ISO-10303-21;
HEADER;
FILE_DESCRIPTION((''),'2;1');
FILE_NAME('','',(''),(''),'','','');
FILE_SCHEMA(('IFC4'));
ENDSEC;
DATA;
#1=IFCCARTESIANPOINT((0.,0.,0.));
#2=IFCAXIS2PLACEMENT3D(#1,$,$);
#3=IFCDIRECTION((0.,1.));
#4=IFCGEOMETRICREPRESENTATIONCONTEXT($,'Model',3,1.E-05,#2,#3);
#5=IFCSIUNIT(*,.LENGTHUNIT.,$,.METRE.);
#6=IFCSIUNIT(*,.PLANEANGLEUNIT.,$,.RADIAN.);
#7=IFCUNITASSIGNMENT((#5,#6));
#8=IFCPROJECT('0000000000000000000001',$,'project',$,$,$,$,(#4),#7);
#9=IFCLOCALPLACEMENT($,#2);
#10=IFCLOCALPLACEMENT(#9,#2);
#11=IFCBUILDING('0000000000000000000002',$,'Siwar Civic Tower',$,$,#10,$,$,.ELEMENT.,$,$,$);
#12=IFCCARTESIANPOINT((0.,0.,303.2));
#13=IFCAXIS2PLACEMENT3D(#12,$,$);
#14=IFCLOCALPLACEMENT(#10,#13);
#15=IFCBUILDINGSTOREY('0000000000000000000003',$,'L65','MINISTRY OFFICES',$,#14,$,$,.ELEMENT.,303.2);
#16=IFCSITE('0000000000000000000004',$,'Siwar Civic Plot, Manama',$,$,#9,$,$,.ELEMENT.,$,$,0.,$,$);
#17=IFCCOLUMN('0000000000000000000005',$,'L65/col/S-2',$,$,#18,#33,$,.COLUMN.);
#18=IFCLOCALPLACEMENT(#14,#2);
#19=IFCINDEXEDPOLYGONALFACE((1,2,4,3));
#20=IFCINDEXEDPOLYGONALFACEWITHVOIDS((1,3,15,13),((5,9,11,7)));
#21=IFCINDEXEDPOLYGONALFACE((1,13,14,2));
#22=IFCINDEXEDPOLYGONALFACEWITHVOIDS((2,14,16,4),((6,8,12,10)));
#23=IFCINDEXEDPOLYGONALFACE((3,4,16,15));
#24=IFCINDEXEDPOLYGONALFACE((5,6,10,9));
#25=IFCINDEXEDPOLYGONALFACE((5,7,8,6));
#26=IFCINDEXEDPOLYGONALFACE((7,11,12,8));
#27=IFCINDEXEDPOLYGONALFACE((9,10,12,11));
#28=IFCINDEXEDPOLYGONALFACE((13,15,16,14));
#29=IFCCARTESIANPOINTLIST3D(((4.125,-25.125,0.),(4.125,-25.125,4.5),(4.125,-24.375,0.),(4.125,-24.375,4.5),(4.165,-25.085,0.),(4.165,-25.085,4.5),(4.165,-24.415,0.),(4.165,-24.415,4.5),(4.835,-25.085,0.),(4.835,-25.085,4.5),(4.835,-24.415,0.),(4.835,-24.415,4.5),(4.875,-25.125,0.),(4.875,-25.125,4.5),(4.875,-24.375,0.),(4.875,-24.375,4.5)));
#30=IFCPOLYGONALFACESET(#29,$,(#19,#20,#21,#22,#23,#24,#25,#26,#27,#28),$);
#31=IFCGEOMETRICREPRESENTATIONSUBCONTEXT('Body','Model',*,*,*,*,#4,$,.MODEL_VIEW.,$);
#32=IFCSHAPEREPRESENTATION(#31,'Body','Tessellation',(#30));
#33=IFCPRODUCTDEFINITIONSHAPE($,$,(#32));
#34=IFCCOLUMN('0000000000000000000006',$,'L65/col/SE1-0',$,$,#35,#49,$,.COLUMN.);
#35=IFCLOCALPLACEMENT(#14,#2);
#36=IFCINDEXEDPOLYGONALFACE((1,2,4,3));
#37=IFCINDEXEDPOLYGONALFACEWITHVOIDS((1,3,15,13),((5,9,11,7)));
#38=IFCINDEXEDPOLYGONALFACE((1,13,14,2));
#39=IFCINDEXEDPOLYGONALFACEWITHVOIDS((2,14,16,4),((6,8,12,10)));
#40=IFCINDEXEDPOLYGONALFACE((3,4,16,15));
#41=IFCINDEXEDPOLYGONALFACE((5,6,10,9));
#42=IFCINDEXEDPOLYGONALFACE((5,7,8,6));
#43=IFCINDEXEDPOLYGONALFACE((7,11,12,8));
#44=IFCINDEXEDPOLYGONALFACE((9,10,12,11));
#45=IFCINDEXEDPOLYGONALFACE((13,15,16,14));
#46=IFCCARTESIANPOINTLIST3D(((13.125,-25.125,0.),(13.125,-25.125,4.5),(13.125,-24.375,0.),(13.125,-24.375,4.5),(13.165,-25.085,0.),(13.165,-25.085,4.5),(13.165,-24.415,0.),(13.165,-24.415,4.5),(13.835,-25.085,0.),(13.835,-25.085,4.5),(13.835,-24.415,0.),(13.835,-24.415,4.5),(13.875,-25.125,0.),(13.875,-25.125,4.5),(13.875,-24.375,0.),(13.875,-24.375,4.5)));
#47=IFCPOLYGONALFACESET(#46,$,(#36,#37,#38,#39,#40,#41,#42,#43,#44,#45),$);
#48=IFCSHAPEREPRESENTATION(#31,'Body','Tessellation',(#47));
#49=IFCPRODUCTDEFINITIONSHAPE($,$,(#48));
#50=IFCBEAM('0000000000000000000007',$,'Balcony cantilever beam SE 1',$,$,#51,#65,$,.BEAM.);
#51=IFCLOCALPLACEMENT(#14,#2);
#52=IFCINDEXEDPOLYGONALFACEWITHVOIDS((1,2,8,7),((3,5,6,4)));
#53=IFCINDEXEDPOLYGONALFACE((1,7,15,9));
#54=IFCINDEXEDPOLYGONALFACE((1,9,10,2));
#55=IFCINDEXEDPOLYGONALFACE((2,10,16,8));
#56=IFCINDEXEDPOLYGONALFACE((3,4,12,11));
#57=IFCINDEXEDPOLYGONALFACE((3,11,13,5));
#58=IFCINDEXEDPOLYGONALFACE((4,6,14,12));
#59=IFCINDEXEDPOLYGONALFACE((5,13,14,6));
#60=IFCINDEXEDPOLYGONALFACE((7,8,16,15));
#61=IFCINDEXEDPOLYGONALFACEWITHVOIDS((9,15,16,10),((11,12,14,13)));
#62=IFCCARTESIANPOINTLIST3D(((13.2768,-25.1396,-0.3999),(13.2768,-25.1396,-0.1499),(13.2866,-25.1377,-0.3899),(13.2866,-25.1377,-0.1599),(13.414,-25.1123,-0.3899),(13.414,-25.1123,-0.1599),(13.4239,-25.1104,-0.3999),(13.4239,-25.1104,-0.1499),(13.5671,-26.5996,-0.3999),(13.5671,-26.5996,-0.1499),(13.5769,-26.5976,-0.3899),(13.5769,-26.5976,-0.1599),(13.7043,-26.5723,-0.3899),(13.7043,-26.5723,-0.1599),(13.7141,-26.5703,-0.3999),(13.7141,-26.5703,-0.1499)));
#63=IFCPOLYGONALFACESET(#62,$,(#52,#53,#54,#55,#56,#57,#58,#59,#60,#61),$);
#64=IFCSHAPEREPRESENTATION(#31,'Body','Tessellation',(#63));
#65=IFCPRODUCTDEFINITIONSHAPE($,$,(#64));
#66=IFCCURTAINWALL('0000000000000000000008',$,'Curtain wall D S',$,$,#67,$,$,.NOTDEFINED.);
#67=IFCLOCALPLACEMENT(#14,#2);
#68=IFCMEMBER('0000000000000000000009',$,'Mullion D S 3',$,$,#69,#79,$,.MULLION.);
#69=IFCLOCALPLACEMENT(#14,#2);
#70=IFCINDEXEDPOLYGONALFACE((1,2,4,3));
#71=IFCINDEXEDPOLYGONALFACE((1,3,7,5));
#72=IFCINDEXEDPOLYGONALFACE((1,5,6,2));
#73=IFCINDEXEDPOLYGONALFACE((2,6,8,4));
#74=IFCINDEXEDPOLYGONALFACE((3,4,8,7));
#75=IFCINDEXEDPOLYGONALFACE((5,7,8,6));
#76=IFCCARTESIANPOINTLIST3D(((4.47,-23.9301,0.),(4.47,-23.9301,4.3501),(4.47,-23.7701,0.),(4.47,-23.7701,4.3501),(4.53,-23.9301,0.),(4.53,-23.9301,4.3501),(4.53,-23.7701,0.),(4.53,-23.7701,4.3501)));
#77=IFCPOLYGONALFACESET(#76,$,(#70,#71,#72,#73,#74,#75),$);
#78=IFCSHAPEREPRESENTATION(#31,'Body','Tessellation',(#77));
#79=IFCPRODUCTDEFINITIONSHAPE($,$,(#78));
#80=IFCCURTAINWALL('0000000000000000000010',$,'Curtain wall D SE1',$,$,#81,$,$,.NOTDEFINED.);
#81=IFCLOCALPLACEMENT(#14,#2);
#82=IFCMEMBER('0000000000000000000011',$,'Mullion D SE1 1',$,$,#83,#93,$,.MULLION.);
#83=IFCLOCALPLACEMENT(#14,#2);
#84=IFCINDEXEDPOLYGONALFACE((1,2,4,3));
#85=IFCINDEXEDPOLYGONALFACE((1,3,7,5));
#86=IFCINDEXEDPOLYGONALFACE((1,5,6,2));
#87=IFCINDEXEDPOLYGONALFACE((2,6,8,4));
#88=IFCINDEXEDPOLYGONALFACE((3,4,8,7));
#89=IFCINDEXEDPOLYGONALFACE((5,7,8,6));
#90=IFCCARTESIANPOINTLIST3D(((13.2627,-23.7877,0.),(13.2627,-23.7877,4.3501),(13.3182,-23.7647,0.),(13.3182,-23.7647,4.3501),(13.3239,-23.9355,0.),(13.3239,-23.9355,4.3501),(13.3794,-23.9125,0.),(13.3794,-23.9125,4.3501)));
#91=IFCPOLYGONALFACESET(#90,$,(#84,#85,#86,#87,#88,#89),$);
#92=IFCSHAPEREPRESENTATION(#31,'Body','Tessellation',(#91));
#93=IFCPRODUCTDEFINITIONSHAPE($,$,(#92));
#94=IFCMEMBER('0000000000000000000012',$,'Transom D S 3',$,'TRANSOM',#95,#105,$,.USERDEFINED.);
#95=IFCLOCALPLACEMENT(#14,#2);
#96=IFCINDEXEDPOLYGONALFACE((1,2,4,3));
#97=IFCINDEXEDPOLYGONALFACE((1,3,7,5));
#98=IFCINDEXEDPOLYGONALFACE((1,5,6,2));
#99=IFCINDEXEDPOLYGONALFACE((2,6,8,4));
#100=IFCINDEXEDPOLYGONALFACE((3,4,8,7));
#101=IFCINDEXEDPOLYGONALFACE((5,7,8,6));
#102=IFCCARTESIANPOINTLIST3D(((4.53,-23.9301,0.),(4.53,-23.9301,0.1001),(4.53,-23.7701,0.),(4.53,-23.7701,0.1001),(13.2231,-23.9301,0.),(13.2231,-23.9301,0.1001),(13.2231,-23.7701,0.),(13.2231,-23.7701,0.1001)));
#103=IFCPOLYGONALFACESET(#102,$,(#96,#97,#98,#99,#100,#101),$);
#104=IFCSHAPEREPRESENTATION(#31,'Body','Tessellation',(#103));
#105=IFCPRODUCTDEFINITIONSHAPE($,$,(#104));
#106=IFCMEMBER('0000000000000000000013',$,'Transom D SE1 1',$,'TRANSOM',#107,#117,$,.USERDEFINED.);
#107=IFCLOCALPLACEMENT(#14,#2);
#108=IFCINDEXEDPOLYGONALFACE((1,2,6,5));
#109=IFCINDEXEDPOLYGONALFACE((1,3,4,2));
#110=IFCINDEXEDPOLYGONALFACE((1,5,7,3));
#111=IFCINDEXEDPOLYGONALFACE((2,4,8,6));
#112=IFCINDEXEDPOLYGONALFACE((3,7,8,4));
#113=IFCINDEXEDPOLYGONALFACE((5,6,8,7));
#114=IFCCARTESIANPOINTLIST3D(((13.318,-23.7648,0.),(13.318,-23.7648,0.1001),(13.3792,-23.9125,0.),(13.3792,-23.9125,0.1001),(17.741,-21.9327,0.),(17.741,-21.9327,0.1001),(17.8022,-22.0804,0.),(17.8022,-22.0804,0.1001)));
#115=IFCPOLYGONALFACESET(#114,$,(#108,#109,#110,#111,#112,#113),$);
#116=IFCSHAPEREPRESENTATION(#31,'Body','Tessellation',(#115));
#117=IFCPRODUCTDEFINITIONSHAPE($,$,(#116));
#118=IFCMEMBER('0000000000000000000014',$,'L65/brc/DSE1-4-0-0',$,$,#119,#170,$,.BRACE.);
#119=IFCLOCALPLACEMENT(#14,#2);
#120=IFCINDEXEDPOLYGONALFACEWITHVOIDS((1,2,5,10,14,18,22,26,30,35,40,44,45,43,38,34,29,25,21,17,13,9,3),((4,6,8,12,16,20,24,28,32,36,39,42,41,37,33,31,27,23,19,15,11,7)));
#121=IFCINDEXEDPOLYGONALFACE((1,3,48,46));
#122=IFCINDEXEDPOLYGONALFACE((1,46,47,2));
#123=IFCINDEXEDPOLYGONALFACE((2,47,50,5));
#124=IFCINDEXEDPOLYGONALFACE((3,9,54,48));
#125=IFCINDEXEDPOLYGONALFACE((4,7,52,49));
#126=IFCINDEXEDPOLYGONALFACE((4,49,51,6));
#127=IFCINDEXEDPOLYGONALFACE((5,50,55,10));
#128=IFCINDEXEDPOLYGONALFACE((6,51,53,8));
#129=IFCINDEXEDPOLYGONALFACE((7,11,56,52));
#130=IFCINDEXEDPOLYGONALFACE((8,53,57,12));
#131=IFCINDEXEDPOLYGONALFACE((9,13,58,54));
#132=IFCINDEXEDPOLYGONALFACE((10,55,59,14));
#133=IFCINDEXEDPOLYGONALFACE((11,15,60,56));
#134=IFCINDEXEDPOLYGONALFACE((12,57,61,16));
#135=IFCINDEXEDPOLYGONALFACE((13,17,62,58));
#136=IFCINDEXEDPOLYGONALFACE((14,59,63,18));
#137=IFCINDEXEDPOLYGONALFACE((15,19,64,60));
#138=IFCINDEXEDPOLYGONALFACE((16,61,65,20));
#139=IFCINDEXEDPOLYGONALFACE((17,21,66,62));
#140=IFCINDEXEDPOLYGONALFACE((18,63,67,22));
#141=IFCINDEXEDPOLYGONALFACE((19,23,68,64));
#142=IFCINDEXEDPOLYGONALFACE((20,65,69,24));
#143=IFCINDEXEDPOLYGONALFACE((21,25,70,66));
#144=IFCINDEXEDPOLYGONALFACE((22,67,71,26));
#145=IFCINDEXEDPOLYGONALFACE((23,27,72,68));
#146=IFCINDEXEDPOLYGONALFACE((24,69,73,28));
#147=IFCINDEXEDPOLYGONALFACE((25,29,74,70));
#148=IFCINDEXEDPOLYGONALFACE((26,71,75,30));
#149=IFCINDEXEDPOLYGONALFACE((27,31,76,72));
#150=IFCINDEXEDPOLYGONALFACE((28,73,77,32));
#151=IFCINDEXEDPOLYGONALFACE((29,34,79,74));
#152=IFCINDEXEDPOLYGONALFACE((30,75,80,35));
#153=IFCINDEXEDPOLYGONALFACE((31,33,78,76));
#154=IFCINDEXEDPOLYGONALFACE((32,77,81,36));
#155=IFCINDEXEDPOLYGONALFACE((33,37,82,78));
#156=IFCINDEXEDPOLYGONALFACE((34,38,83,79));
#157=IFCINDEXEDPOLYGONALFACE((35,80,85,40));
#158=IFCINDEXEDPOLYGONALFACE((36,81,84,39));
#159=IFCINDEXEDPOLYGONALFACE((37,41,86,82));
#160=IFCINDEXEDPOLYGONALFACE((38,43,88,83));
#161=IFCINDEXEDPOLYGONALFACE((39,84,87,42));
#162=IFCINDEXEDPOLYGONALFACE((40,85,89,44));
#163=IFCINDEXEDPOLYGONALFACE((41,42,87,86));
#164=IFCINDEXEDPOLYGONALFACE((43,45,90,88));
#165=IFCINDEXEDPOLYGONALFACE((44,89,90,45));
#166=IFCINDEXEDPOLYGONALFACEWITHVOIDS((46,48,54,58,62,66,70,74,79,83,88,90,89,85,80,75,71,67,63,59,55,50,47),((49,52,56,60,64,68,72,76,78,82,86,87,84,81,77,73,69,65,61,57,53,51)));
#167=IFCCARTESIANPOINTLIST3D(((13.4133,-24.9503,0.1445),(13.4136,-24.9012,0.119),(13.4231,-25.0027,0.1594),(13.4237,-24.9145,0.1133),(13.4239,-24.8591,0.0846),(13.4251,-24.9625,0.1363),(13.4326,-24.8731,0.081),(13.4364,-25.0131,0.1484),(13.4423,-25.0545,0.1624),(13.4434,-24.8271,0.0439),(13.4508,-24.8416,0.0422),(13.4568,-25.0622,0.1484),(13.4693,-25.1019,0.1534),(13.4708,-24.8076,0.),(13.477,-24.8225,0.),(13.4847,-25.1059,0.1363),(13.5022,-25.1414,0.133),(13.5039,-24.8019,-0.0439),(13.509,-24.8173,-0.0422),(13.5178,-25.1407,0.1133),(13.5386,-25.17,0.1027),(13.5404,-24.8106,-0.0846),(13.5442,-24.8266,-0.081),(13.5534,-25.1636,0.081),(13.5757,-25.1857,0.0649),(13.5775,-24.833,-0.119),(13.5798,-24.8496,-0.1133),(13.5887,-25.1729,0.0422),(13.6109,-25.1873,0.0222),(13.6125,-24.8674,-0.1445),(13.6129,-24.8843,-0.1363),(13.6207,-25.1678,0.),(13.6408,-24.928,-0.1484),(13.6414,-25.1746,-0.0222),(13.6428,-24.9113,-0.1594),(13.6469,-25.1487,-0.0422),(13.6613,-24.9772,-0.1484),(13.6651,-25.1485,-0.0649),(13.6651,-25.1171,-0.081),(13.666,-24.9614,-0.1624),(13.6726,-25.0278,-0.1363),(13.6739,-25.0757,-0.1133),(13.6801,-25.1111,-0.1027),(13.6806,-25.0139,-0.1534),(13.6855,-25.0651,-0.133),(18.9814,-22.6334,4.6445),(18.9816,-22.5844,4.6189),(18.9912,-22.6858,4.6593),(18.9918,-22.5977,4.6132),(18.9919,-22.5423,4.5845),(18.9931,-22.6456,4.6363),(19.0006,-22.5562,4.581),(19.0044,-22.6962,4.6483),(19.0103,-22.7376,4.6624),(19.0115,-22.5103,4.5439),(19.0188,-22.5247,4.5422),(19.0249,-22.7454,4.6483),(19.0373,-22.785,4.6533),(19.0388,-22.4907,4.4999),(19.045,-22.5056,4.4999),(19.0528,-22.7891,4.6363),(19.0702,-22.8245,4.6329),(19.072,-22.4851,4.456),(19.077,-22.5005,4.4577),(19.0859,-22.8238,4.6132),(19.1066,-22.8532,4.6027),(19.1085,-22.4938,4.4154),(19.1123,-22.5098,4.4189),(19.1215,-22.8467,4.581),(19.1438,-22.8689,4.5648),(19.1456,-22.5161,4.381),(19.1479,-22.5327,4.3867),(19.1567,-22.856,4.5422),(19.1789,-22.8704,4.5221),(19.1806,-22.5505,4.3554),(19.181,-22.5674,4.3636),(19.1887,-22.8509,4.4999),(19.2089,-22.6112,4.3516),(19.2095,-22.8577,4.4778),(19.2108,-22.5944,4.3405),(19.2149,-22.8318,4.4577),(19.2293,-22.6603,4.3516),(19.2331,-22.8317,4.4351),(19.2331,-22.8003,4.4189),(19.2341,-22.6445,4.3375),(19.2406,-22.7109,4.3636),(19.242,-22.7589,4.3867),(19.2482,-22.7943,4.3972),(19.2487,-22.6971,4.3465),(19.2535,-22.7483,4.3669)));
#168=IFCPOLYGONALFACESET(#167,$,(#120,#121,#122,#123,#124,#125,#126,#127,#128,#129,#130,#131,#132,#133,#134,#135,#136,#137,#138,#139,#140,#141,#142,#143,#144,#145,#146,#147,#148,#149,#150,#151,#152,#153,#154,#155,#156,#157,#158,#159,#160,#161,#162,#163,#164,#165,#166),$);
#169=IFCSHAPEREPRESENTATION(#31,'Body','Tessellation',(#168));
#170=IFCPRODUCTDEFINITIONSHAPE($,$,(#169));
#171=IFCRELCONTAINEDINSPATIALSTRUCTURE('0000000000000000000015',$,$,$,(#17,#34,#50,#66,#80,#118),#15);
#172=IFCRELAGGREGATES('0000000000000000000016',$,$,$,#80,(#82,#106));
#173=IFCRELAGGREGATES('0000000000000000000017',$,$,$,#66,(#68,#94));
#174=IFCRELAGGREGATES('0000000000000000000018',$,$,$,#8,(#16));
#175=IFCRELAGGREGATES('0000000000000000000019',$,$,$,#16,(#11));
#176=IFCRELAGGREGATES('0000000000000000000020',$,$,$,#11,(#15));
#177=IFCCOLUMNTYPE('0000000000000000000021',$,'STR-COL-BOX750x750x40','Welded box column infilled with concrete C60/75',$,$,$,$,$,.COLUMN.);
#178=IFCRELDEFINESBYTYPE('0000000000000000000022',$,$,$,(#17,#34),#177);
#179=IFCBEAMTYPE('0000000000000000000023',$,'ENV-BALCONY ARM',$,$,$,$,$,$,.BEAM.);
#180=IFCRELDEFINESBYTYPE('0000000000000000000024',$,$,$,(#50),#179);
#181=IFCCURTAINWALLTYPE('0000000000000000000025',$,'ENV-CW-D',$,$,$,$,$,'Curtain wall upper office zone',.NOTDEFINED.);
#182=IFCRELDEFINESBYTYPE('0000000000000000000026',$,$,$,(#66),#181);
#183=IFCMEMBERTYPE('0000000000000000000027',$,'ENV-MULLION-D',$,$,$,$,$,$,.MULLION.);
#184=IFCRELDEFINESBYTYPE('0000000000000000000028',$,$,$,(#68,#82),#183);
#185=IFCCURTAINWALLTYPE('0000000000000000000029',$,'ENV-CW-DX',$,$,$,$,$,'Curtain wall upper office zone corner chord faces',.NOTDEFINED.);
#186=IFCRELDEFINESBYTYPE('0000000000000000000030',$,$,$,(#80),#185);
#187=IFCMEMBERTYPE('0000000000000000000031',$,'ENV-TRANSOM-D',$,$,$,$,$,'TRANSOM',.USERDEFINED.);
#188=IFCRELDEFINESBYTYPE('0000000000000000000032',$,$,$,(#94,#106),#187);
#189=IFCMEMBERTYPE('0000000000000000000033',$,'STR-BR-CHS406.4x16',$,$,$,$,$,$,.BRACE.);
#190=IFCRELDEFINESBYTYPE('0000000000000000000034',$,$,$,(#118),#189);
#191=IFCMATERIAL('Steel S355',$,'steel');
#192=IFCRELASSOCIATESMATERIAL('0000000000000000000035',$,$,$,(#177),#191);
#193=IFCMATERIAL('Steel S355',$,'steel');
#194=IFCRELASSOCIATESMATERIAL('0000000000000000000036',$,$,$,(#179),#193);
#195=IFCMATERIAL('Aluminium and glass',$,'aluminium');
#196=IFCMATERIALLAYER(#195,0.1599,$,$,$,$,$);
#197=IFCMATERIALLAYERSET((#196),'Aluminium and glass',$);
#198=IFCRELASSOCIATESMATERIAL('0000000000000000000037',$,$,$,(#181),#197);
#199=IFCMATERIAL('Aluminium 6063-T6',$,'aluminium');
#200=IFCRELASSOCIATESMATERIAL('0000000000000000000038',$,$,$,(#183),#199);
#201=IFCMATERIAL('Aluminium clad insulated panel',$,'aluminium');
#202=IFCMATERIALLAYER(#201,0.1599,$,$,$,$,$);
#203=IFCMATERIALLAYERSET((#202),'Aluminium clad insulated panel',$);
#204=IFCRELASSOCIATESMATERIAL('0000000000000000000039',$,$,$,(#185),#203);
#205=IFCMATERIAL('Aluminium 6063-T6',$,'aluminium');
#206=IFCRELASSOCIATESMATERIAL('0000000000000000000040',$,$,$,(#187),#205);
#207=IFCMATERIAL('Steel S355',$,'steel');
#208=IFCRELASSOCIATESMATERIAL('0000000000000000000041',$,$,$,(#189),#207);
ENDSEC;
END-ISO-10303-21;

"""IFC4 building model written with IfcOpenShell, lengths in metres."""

from ifc_helpers import new_model, si_unit, direction, frame, origin, origin_2d, place, context, subcontext, project, spatial, rectangle, hollow_rectangle, hollow_circle, extrude, material, layer, layer_set, material_profile, profile_set, type_object, element, aggregate, save


model = new_model("IFC4")

# Units and contexts
model_context = context("Model", 3, precision=1e-05, world=origin(), true_north=direction((0.0, 1.0)))
body_context = subcontext(model_context, "Body", "Model", "MODEL_VIEW")
ifc_project = project(units=[si_unit("LENGTHUNIT", "METRE"), si_unit("PLANEANGLEUNIT", "RADIAN")], contexts=[model_context])

# Site, building, storey
site_placement = place(None, origin())
site = spatial("IfcSite", under=ifc_project, at=site_placement, Name="Siwar Civic Plot, Manama", CompositionType="ELEMENT", RefElevation=0.0)
building_placement = place(site_placement, origin())
building = spatial("IfcBuilding", under=site, at=building_placement, Name="Siwar Civic Tower", CompositionType="ELEMENT")
storey_placement = place(building_placement, frame((0.0, 0.0, 303.2)))
storey = spatial("IfcBuildingStorey", under=building, at=storey_placement, Name="L65", Description="MINISTRY OFFICES", CompositionType="ELEMENT", Elevation=303.2)

# Columns
ifc_material_1 = material(Name="Steel S355", Category="steel")
ifc_material_profile_1 = material_profile(ifc_material_1, hollow_rectangle(XDim=0.75, YDim=0.75, WallThickness=0.04, at=origin_2d()), Name="BOX750x750x40")
ifc_profile_set_1 = profile_set([ifc_material_profile_1], Name="Steel S355")
column_type = type_object("IfcColumnType", Name="STR-COL-BOX750x750x40", Description="Welded box column infilled with concrete C60/75", PredefinedType="COLUMN", material=ifc_profile_set_1)
for number, where, z_axis, x_axis, name in (
    (1, (4.5, -24.75, 0.0), (0.0, 0.0, 1.0), (1.0, 0.0, 0.0), "L65/col/S-2"),
    (2, (13.5, -24.75, 0.0), (0.0, 0.0, 1.0), (1.0, 0.0, 0.0), "L65/col/SE1-0"),
):
    element("IfcColumn", number, at=place(storey_placement, frame(where, z_axis=z_axis, x_axis=x_axis)), inside=storey, type_object=column_type, Name=name, PredefinedType="COLUMN", context=body_context, shape_type="SweptSolid", body=[
        extrude(hollow_rectangle(XDim=0.75, YDim=0.75, WallThickness=0.04, at=origin_2d()), origin(), (0.0, 0.0, 1.0), 4.5),
    ])

# Beam
ifc_material_2 = material(Name="Steel S355", Category="steel")
ifc_material_profile_2 = material_profile(ifc_material_2, hollow_rectangle(XDim=0.1499, YDim=0.25, WallThickness=0.01, at=origin_2d()), Name="RHS250x150x10")
ifc_profile_set_2 = profile_set([ifc_material_profile_2], Name="Steel S355")
beam_type_1 = type_object("IfcBeamType", Name="ENV-BALCONY ARM", PredefinedType="BEAM", material=ifc_profile_set_2)
beam_1_placement = place(storey_placement, frame((13.3503, -25.125, -0.2749), z_axis=(0.195012, -0.980801, 0.0), x_axis=(0.980801, 0.195012, 0.0)))
element("IfcBeam", 3, at=beam_1_placement, inside=storey, type_object=beam_type_1, Name="Balcony cantilever beam SE 1", PredefinedType="BEAM", context=body_context, shape_type="SweptSolid", body=[
    extrude(hollow_rectangle(XDim=0.1499, YDim=0.25, WallThickness=0.01, at=origin_2d()), origin(), (0.0, 0.0, 1.0), 1.4885),
])

# Curtain walls, members
ifc_material_3 = material(Name="Aluminium and glass", Category="aluminium")
ifc_layer_1 = layer(ifc_material_3, 0.1599)
ifc_layer_set_1 = layer_set([ifc_layer_1], Name="Aluminium and glass")
curtain_wall_type_1 = type_object("IfcCurtainWallType", Name="ENV-CW-D", ElementType="Curtain wall upper office zone", PredefinedType="NOTDEFINED", material=ifc_layer_set_1)
curtain_wall_1_placement = place(storey_placement, origin())
curtain_wall_1 = element("IfcCurtainWall", 4, at=curtain_wall_1_placement, inside=storey, type_object=curtain_wall_type_1, Name="Curtain wall D S", PredefinedType="NOTDEFINED")
ifc_material_4 = material(Name="Aluminium 6063-T6", Category="aluminium")
ifc_material_profile_3 = material_profile(ifc_material_4, rectangle(XDim=0.1599, YDim=0.0601, at=origin_2d()), Name="AL 160x60")
ifc_profile_set_3 = profile_set([ifc_material_profile_3], Name="Aluminium 6063-T6")
member_type_1 = type_object("IfcMemberType", Name="ENV-MULLION-D", PredefinedType="MULLION", material=ifc_profile_set_3)
member_1_placement = place(storey_placement, frame((4.5, -23.8501, 0.0), z_axis=(0.0, 0.0, 1.0), x_axis=(0.0, 1.0, 0.0)))
member_1 = element("IfcMember", 5, at=member_1_placement, type_object=member_type_1, Name="Mullion D S 3", PredefinedType="MULLION", context=body_context, shape_type="SweptSolid", body=[
    extrude(rectangle(XDim=0.1599, YDim=0.0601, at=origin_2d()), origin(), (0.0, 0.0, 1.0), 4.3501),
])
ifc_material_5 = material(Name="Aluminium clad insulated panel", Category="aluminium")
ifc_layer_2 = layer(ifc_material_5, 0.1599)
ifc_layer_set_2 = layer_set([ifc_layer_2], Name="Aluminium clad insulated panel")
curtain_wall_type_2 = type_object("IfcCurtainWallType", Name="ENV-CW-DX", ElementType="Curtain wall upper office zone corner chord faces", PredefinedType="NOTDEFINED", material=ifc_layer_set_2)
curtain_wall_2_placement = place(storey_placement, origin())
curtain_wall_2 = element("IfcCurtainWall", 6, at=curtain_wall_2_placement, inside=storey, type_object=curtain_wall_type_2, Name="Curtain wall D SE1", PredefinedType="NOTDEFINED")
member_2_placement = place(storey_placement, frame((13.321, -23.8501, 0.0), z_axis=(0.0, 0.0, 1.0), x_axis=(-0.382683, 0.92388, 0.0)))
member_2 = element("IfcMember", 7, at=member_2_placement, type_object=member_type_1, Name="Mullion D SE1 1", PredefinedType="MULLION", context=body_context, shape_type="SweptSolid", body=[
    extrude(rectangle(XDim=0.1599, YDim=0.0601, at=origin_2d()), origin(), (0.0, 0.0, 1.0), 4.3501),
])

# Members
ifc_material_6 = material(Name="Aluminium 6063-T6", Category="aluminium")
ifc_material_profile_4 = material_profile(ifc_material_6, rectangle(XDim=0.1599, YDim=0.1001, at=origin_2d()), Name="AL 160x100")
ifc_profile_set_4 = profile_set([ifc_material_profile_4], Name="Aluminium 6063-T6")
member_type_2 = type_object("IfcMemberType", Name="ENV-TRANSOM-D", ElementType="TRANSOM", PredefinedType="USERDEFINED", material=ifc_profile_set_4)
member_3_placement = place(storey_placement, frame((4.53, -23.8501, 0.05), z_axis=(1.0, 0.0, 0.0), x_axis=(0.0, 1.0, 0.0)))
member_3 = element("IfcMember", 8, at=member_3_placement, type_object=member_type_2, Name="Transom D S 3", ObjectType="TRANSOM", PredefinedType="USERDEFINED", context=body_context, shape_type="SweptSolid", body=[
    extrude(rectangle(XDim=0.1599, YDim=0.1001, at=origin_2d()), origin(), (0.0, 0.0, 1.0), 8.6931),
])
member_4_placement = place(storey_placement, frame((13.3486, -23.8386, 0.05), z_axis=(0.923878, 0.382688, 0.0), x_axis=(-0.382688, 0.923878, 0.0)))
member_4 = element("IfcMember", 9, at=member_4_placement, type_object=member_type_2, Name="Transom D SE1 1", ObjectType="TRANSOM", PredefinedType="USERDEFINED", context=body_context, shape_type="SweptSolid", body=[
    extrude(rectangle(XDim=0.1599, YDim=0.1001, at=origin_2d()), origin(), (0.0, 0.0, 1.0), 4.7874),
])
aggregate(curtain_wall_2, [member_2, member_4])
ifc_material_7 = material(Name="Steel S355", Category="steel")
ifc_material_profile_5 = material_profile(ifc_material_7, hollow_circle(Radius=0.2031, WallThickness=0.0161, at=origin_2d()), Name="CHS406.4x16")
ifc_profile_set_5 = profile_set([ifc_material_profile_5], Name="Steel S355")
member_type_3 = type_object("IfcMemberType", Name="STR-BR-CHS406.4x16", PredefinedType="BRACE", material=ifc_profile_set_5)
member_5_placement = place(storey_placement, frame((13.5488, -24.9951, 0.0), z_axis=(0.739973, 0.307903, 0.598026), x_axis=(-0.38417, 0.923262, 0.0)))
element("IfcMember", 10, at=member_5_placement, inside=storey, type_object=member_type_3, Name="L65/brc/DSE1-4-0-0", PredefinedType="BRACE", context=body_context, shape_type="SweptSolid", body=[
    extrude(hollow_circle(Radius=0.2031, WallThickness=0.0161, at=origin_2d()), origin(), (0.0, 0.0, 1.0), 7.5247),
])

aggregate(curtain_wall_1, [member_1, member_3])

save(model, "model.ifc")
